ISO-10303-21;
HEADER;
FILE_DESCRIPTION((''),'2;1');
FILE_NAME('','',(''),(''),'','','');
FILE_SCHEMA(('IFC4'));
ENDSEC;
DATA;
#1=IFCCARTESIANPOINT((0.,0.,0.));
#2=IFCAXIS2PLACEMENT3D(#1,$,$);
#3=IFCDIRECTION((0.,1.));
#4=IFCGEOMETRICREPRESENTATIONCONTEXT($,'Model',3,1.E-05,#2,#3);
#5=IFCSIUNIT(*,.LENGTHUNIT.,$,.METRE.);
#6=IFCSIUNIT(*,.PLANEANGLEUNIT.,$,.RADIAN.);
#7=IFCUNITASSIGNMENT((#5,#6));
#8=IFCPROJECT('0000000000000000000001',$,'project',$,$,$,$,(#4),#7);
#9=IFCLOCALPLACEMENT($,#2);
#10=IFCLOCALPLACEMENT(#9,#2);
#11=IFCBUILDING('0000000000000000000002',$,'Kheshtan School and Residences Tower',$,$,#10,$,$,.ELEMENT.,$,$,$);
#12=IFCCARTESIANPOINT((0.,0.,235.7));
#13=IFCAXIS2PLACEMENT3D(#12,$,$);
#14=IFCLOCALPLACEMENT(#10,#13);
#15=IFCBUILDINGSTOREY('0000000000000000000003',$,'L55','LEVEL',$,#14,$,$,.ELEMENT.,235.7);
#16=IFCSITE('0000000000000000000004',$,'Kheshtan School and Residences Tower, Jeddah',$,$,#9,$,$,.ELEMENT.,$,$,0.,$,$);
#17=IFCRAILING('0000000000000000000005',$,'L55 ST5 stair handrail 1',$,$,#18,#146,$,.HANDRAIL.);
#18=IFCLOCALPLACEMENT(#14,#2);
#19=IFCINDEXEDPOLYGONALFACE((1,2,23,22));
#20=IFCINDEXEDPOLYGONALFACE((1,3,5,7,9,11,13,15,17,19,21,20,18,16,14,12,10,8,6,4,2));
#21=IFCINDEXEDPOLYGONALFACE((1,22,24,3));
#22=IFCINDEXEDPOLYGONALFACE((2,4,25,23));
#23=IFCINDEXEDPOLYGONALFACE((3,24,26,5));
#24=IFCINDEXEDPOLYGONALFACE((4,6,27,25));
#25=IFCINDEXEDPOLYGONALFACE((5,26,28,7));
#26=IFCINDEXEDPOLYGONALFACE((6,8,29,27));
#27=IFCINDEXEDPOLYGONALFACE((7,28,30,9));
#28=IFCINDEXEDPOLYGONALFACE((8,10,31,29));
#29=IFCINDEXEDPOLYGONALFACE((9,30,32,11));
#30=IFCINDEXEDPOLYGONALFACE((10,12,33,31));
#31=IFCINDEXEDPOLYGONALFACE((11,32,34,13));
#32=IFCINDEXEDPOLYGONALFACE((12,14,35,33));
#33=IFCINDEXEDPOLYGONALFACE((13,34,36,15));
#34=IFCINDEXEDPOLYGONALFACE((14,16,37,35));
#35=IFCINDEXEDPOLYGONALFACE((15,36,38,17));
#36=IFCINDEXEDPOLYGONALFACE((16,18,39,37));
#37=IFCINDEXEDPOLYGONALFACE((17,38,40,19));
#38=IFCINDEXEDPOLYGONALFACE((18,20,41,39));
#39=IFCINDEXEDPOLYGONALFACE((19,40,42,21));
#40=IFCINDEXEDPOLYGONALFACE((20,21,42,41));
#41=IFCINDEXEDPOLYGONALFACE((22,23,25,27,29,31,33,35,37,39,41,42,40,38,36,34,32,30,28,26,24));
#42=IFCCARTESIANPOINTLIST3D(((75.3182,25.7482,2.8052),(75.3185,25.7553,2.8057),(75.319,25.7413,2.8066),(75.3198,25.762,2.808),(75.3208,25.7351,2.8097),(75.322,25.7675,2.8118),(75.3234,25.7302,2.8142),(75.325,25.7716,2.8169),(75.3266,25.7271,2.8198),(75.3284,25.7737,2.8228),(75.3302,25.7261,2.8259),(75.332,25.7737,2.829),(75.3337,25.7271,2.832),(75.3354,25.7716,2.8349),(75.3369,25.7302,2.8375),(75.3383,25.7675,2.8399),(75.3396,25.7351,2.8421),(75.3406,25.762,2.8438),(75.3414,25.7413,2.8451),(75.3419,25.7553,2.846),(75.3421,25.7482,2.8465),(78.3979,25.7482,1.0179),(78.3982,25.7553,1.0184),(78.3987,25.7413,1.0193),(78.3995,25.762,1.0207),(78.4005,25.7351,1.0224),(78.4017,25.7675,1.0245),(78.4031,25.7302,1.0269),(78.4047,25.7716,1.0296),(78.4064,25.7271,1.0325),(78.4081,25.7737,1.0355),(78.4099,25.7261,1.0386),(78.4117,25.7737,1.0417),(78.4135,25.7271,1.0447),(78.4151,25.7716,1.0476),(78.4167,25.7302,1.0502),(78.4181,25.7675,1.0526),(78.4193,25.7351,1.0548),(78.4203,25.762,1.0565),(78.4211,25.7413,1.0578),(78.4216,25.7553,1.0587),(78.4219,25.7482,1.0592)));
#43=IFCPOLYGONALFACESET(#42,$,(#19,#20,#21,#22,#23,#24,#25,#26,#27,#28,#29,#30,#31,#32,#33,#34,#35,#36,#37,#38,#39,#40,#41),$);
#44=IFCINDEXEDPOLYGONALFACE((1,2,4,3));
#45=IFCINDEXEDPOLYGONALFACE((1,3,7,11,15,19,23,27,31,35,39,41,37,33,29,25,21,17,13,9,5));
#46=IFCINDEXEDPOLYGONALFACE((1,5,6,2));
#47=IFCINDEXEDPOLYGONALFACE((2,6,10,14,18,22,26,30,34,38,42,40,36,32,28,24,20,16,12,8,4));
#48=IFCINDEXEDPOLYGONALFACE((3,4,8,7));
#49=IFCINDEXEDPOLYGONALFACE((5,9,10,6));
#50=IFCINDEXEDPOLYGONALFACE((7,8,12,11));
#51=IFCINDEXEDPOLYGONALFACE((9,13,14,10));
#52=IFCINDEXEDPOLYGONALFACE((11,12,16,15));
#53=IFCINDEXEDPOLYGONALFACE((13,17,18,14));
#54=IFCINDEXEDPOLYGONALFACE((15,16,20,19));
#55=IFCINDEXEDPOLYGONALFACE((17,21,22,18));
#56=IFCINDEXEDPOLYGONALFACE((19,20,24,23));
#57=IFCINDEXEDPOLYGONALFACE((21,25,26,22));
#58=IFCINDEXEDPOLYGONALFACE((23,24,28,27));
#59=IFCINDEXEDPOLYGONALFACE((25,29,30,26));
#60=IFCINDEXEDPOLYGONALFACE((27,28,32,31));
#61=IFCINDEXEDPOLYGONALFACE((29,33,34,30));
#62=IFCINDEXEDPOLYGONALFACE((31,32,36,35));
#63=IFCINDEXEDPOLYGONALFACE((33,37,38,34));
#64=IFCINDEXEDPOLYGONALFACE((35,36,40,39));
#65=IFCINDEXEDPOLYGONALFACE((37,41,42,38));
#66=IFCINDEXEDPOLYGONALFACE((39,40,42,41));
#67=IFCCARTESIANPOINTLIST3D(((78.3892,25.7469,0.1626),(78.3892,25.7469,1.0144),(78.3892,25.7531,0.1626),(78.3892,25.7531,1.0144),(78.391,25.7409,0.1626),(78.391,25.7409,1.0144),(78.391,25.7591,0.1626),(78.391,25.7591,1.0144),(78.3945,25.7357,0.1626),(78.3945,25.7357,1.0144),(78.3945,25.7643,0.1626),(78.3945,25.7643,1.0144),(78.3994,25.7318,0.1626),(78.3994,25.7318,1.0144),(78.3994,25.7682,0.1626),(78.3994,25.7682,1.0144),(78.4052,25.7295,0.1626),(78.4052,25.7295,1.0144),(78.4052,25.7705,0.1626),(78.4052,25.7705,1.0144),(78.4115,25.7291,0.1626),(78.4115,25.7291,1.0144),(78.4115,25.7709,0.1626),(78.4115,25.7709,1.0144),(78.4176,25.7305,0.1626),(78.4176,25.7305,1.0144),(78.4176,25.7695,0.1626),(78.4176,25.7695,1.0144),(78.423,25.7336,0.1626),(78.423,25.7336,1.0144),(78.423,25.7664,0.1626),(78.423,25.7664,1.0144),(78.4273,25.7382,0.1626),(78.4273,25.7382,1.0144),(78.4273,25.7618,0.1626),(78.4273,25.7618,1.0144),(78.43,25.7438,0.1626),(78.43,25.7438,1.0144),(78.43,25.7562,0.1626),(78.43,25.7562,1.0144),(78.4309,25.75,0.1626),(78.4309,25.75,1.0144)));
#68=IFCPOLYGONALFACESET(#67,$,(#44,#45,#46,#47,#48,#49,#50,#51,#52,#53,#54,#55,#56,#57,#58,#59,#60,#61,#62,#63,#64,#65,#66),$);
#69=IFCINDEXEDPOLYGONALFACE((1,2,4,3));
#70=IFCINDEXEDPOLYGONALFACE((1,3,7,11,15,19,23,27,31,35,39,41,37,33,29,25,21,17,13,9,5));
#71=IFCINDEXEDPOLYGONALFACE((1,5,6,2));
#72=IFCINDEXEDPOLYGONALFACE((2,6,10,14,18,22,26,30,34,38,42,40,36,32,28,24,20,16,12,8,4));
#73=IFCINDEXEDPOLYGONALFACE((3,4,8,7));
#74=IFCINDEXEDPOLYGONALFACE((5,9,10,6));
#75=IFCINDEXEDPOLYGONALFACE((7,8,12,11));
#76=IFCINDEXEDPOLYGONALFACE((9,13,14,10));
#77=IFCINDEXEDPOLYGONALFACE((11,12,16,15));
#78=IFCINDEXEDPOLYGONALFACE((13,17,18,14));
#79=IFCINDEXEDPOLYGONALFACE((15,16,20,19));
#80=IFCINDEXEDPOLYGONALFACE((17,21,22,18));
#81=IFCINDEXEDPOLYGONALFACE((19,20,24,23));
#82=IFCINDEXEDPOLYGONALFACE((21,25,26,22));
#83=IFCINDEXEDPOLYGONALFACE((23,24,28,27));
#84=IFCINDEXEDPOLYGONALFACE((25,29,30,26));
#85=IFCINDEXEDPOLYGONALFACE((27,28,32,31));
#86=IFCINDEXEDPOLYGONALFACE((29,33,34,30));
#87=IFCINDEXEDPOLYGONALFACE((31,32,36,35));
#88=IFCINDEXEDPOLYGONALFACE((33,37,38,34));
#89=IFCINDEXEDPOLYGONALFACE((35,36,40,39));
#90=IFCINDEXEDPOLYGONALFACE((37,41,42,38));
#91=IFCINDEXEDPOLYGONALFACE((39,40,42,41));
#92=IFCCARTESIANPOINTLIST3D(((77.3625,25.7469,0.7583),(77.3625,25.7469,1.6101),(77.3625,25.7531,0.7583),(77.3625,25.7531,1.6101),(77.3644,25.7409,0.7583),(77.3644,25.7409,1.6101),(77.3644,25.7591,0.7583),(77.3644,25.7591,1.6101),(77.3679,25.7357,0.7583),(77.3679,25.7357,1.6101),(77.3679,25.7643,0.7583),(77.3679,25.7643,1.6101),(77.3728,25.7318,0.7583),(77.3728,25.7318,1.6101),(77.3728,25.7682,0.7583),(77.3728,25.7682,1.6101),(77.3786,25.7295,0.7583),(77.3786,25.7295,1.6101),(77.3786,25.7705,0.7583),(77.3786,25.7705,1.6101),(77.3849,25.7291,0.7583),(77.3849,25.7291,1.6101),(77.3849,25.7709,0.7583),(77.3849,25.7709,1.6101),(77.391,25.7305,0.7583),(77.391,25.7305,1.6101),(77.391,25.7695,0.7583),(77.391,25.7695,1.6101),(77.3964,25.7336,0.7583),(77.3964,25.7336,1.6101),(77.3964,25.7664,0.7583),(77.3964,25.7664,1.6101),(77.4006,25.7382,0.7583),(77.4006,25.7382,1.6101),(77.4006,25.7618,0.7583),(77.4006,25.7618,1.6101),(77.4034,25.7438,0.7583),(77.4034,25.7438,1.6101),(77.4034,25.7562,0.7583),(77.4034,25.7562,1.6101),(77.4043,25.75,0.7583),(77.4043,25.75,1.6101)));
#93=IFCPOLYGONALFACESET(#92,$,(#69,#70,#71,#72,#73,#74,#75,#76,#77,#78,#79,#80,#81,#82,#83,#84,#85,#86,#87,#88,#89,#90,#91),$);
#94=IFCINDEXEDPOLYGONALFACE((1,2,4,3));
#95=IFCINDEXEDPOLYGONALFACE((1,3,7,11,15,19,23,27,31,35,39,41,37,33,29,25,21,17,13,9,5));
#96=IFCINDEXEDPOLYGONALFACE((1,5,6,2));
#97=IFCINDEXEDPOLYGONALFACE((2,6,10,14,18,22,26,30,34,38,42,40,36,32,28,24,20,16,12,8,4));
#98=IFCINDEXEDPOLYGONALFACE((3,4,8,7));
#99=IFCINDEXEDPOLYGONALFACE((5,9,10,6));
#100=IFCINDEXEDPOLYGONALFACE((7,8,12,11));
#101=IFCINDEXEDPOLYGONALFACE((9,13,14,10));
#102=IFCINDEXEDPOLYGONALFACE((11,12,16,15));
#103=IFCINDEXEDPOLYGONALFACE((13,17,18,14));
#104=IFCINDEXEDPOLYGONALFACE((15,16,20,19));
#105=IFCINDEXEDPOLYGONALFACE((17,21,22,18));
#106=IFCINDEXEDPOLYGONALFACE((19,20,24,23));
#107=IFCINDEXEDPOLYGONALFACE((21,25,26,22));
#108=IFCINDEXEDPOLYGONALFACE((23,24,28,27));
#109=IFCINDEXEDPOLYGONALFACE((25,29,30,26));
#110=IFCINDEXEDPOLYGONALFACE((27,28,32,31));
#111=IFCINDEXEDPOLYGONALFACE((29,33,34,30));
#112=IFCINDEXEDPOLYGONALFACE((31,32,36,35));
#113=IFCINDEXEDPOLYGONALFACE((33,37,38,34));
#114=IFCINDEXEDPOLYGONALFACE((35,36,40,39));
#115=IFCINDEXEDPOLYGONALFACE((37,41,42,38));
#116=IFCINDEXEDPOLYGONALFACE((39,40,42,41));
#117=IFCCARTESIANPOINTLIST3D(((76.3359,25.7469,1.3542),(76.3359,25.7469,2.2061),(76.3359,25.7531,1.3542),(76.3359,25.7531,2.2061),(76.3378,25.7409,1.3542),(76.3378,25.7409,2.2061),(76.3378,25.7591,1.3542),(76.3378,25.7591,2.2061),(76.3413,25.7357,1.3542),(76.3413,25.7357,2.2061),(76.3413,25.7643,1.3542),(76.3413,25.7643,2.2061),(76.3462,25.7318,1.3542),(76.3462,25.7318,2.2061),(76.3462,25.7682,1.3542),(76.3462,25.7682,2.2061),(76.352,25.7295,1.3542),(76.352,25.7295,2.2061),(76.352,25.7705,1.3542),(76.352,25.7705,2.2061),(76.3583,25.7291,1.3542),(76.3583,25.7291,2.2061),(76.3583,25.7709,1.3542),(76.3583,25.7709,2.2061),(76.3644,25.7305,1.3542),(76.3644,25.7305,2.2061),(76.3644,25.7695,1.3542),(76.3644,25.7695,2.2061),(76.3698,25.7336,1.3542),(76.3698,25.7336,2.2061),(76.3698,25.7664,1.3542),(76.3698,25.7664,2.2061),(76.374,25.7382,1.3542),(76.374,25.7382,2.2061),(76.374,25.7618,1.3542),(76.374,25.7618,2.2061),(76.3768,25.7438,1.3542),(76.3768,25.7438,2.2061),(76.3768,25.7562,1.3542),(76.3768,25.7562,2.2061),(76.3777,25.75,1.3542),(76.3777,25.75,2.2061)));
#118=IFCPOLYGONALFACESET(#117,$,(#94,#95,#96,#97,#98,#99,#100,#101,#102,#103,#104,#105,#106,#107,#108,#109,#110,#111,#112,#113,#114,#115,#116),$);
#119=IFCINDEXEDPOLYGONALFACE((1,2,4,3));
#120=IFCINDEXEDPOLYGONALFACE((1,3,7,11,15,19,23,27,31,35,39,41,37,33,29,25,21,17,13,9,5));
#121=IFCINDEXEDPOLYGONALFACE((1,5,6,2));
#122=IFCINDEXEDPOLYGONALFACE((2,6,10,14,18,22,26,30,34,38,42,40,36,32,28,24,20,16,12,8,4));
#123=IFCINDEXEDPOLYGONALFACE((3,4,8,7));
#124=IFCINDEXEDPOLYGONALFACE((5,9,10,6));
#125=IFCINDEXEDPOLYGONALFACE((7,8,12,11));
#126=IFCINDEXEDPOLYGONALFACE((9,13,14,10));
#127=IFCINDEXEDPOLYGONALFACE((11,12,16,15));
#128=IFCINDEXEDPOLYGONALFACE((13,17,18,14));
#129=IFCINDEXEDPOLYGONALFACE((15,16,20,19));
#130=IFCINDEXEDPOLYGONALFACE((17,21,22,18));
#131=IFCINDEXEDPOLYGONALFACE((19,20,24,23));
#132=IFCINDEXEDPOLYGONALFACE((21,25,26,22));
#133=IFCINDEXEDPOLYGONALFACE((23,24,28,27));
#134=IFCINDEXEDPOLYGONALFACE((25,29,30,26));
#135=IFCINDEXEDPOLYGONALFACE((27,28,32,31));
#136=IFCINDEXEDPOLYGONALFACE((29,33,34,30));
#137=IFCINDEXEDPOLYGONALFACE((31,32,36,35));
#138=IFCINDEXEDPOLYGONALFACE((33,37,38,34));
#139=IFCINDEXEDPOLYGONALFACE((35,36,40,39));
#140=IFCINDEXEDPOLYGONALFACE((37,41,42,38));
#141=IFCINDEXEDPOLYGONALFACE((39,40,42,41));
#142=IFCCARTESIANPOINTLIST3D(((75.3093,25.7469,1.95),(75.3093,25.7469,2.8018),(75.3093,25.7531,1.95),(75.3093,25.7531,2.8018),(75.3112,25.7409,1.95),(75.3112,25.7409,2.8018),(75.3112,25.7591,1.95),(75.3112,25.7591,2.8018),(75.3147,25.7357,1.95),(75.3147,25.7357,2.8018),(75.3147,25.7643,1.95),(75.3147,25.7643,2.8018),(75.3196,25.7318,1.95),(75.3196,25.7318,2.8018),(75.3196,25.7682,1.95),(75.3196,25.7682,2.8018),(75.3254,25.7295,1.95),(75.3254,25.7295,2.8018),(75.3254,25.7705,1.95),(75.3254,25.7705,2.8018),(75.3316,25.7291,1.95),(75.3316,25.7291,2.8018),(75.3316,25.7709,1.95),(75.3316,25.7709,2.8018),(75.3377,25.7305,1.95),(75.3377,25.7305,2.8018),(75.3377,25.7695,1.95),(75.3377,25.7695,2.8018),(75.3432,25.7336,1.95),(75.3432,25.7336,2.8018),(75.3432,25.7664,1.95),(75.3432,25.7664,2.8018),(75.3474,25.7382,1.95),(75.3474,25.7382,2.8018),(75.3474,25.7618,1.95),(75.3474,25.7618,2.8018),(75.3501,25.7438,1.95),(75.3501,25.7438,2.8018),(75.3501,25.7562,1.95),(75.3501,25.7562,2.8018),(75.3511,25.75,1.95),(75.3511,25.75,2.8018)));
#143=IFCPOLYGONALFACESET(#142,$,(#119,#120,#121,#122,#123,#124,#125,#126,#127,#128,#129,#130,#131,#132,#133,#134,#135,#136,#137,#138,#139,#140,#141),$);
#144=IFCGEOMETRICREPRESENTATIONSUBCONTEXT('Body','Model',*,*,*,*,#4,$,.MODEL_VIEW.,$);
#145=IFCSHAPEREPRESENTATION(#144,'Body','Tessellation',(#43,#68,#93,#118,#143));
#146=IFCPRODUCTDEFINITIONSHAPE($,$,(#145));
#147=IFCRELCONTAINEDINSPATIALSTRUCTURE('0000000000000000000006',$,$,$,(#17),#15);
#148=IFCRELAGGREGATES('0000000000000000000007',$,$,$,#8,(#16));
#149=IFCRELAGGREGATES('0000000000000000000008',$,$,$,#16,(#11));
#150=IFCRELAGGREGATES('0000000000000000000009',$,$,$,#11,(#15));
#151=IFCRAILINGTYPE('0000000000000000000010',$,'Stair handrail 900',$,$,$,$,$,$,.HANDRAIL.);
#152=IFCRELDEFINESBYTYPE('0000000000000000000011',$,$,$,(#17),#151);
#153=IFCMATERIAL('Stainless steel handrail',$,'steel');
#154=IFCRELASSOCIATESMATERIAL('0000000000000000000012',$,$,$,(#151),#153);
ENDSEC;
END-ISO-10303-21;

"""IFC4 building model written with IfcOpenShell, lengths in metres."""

from ifc_helpers import new_model, si_unit, direction, frame, origin, origin_2d, place, context, subcontext, project, spatial, circle, extrude, material, type_object, element, save


model = new_model("IFC4")

# Units and contexts
model_context = context("Model", 3, precision=1e-05, world=origin(), true_north=direction((0.0, 1.0)))
body_context = subcontext(model_context, "Body", "Model", "MODEL_VIEW")
ifc_project = project(units=[si_unit("LENGTHUNIT", "METRE"), si_unit("PLANEANGLEUNIT", "RADIAN")], contexts=[model_context])

# Site, building, storey
site_placement = place(None, origin())
site = spatial("IfcSite", under=ifc_project, at=site_placement, Name="Kheshtan School and Residences Tower, Jeddah", CompositionType="ELEMENT", RefElevation=0.0)
building_placement = place(site_placement, origin())
building = spatial("IfcBuilding", under=site, at=building_placement, Name="Kheshtan School and Residences Tower", CompositionType="ELEMENT")
storey_placement = place(building_placement, frame((0.0, 0.0, 235.7)))
storey = spatial("IfcBuildingStorey", under=building, at=storey_placement, Name="L55", Description="LEVEL", CompositionType="ELEMENT", Elevation=235.7)

# Railing
ifc_material_1 = material(Name="Stainless steel handrail", Category="steel")
railing_type_1 = type_object("IfcRailingType", Name="Stair handrail 900", PredefinedType="HANDRAIL", material=ifc_material_1)
railing_1_placement = place(storey_placement, frame((78.4099, 25.75, 0.1626)))
element("IfcRailing", 1, at=railing_1_placement, inside=storey, type_object=railing_type_1, Name="L55 ST5 stair handrail 1", PredefinedType="HANDRAIL", context=body_context, shape_type="SweptSolid", body=[
    extrude(circle(Radius=0.0239, at=origin_2d()), frame((0.0, 0.0, 0.876), z_axis=(-0.864903, 0.0, 0.501939), x_axis=(0.0, -1.0, 0.0)), (0.0, 0.0, 1.0), 3.5608),
    extrude(circle(Radius=0.021, at=origin_2d()), origin(), (0.0, 0.0, 1.0), 0.8518),
    extrude(circle(Radius=0.021, at=origin_2d()), frame((-1.0266, 0.0, 0.5957)), (0.0, 0.0, 1.0), 0.8518),
    extrude(circle(Radius=0.021, at=origin_2d()), frame((-2.0532, 0.0, 1.1917)), (0.0, 0.0, 1.0), 0.8518),
    extrude(circle(Radius=0.021, at=origin_2d()), frame((-3.0798, 0.0, 1.7874)), (0.0, 0.0, 1.0), 0.8518),
])

save(model, "model.ifc")
